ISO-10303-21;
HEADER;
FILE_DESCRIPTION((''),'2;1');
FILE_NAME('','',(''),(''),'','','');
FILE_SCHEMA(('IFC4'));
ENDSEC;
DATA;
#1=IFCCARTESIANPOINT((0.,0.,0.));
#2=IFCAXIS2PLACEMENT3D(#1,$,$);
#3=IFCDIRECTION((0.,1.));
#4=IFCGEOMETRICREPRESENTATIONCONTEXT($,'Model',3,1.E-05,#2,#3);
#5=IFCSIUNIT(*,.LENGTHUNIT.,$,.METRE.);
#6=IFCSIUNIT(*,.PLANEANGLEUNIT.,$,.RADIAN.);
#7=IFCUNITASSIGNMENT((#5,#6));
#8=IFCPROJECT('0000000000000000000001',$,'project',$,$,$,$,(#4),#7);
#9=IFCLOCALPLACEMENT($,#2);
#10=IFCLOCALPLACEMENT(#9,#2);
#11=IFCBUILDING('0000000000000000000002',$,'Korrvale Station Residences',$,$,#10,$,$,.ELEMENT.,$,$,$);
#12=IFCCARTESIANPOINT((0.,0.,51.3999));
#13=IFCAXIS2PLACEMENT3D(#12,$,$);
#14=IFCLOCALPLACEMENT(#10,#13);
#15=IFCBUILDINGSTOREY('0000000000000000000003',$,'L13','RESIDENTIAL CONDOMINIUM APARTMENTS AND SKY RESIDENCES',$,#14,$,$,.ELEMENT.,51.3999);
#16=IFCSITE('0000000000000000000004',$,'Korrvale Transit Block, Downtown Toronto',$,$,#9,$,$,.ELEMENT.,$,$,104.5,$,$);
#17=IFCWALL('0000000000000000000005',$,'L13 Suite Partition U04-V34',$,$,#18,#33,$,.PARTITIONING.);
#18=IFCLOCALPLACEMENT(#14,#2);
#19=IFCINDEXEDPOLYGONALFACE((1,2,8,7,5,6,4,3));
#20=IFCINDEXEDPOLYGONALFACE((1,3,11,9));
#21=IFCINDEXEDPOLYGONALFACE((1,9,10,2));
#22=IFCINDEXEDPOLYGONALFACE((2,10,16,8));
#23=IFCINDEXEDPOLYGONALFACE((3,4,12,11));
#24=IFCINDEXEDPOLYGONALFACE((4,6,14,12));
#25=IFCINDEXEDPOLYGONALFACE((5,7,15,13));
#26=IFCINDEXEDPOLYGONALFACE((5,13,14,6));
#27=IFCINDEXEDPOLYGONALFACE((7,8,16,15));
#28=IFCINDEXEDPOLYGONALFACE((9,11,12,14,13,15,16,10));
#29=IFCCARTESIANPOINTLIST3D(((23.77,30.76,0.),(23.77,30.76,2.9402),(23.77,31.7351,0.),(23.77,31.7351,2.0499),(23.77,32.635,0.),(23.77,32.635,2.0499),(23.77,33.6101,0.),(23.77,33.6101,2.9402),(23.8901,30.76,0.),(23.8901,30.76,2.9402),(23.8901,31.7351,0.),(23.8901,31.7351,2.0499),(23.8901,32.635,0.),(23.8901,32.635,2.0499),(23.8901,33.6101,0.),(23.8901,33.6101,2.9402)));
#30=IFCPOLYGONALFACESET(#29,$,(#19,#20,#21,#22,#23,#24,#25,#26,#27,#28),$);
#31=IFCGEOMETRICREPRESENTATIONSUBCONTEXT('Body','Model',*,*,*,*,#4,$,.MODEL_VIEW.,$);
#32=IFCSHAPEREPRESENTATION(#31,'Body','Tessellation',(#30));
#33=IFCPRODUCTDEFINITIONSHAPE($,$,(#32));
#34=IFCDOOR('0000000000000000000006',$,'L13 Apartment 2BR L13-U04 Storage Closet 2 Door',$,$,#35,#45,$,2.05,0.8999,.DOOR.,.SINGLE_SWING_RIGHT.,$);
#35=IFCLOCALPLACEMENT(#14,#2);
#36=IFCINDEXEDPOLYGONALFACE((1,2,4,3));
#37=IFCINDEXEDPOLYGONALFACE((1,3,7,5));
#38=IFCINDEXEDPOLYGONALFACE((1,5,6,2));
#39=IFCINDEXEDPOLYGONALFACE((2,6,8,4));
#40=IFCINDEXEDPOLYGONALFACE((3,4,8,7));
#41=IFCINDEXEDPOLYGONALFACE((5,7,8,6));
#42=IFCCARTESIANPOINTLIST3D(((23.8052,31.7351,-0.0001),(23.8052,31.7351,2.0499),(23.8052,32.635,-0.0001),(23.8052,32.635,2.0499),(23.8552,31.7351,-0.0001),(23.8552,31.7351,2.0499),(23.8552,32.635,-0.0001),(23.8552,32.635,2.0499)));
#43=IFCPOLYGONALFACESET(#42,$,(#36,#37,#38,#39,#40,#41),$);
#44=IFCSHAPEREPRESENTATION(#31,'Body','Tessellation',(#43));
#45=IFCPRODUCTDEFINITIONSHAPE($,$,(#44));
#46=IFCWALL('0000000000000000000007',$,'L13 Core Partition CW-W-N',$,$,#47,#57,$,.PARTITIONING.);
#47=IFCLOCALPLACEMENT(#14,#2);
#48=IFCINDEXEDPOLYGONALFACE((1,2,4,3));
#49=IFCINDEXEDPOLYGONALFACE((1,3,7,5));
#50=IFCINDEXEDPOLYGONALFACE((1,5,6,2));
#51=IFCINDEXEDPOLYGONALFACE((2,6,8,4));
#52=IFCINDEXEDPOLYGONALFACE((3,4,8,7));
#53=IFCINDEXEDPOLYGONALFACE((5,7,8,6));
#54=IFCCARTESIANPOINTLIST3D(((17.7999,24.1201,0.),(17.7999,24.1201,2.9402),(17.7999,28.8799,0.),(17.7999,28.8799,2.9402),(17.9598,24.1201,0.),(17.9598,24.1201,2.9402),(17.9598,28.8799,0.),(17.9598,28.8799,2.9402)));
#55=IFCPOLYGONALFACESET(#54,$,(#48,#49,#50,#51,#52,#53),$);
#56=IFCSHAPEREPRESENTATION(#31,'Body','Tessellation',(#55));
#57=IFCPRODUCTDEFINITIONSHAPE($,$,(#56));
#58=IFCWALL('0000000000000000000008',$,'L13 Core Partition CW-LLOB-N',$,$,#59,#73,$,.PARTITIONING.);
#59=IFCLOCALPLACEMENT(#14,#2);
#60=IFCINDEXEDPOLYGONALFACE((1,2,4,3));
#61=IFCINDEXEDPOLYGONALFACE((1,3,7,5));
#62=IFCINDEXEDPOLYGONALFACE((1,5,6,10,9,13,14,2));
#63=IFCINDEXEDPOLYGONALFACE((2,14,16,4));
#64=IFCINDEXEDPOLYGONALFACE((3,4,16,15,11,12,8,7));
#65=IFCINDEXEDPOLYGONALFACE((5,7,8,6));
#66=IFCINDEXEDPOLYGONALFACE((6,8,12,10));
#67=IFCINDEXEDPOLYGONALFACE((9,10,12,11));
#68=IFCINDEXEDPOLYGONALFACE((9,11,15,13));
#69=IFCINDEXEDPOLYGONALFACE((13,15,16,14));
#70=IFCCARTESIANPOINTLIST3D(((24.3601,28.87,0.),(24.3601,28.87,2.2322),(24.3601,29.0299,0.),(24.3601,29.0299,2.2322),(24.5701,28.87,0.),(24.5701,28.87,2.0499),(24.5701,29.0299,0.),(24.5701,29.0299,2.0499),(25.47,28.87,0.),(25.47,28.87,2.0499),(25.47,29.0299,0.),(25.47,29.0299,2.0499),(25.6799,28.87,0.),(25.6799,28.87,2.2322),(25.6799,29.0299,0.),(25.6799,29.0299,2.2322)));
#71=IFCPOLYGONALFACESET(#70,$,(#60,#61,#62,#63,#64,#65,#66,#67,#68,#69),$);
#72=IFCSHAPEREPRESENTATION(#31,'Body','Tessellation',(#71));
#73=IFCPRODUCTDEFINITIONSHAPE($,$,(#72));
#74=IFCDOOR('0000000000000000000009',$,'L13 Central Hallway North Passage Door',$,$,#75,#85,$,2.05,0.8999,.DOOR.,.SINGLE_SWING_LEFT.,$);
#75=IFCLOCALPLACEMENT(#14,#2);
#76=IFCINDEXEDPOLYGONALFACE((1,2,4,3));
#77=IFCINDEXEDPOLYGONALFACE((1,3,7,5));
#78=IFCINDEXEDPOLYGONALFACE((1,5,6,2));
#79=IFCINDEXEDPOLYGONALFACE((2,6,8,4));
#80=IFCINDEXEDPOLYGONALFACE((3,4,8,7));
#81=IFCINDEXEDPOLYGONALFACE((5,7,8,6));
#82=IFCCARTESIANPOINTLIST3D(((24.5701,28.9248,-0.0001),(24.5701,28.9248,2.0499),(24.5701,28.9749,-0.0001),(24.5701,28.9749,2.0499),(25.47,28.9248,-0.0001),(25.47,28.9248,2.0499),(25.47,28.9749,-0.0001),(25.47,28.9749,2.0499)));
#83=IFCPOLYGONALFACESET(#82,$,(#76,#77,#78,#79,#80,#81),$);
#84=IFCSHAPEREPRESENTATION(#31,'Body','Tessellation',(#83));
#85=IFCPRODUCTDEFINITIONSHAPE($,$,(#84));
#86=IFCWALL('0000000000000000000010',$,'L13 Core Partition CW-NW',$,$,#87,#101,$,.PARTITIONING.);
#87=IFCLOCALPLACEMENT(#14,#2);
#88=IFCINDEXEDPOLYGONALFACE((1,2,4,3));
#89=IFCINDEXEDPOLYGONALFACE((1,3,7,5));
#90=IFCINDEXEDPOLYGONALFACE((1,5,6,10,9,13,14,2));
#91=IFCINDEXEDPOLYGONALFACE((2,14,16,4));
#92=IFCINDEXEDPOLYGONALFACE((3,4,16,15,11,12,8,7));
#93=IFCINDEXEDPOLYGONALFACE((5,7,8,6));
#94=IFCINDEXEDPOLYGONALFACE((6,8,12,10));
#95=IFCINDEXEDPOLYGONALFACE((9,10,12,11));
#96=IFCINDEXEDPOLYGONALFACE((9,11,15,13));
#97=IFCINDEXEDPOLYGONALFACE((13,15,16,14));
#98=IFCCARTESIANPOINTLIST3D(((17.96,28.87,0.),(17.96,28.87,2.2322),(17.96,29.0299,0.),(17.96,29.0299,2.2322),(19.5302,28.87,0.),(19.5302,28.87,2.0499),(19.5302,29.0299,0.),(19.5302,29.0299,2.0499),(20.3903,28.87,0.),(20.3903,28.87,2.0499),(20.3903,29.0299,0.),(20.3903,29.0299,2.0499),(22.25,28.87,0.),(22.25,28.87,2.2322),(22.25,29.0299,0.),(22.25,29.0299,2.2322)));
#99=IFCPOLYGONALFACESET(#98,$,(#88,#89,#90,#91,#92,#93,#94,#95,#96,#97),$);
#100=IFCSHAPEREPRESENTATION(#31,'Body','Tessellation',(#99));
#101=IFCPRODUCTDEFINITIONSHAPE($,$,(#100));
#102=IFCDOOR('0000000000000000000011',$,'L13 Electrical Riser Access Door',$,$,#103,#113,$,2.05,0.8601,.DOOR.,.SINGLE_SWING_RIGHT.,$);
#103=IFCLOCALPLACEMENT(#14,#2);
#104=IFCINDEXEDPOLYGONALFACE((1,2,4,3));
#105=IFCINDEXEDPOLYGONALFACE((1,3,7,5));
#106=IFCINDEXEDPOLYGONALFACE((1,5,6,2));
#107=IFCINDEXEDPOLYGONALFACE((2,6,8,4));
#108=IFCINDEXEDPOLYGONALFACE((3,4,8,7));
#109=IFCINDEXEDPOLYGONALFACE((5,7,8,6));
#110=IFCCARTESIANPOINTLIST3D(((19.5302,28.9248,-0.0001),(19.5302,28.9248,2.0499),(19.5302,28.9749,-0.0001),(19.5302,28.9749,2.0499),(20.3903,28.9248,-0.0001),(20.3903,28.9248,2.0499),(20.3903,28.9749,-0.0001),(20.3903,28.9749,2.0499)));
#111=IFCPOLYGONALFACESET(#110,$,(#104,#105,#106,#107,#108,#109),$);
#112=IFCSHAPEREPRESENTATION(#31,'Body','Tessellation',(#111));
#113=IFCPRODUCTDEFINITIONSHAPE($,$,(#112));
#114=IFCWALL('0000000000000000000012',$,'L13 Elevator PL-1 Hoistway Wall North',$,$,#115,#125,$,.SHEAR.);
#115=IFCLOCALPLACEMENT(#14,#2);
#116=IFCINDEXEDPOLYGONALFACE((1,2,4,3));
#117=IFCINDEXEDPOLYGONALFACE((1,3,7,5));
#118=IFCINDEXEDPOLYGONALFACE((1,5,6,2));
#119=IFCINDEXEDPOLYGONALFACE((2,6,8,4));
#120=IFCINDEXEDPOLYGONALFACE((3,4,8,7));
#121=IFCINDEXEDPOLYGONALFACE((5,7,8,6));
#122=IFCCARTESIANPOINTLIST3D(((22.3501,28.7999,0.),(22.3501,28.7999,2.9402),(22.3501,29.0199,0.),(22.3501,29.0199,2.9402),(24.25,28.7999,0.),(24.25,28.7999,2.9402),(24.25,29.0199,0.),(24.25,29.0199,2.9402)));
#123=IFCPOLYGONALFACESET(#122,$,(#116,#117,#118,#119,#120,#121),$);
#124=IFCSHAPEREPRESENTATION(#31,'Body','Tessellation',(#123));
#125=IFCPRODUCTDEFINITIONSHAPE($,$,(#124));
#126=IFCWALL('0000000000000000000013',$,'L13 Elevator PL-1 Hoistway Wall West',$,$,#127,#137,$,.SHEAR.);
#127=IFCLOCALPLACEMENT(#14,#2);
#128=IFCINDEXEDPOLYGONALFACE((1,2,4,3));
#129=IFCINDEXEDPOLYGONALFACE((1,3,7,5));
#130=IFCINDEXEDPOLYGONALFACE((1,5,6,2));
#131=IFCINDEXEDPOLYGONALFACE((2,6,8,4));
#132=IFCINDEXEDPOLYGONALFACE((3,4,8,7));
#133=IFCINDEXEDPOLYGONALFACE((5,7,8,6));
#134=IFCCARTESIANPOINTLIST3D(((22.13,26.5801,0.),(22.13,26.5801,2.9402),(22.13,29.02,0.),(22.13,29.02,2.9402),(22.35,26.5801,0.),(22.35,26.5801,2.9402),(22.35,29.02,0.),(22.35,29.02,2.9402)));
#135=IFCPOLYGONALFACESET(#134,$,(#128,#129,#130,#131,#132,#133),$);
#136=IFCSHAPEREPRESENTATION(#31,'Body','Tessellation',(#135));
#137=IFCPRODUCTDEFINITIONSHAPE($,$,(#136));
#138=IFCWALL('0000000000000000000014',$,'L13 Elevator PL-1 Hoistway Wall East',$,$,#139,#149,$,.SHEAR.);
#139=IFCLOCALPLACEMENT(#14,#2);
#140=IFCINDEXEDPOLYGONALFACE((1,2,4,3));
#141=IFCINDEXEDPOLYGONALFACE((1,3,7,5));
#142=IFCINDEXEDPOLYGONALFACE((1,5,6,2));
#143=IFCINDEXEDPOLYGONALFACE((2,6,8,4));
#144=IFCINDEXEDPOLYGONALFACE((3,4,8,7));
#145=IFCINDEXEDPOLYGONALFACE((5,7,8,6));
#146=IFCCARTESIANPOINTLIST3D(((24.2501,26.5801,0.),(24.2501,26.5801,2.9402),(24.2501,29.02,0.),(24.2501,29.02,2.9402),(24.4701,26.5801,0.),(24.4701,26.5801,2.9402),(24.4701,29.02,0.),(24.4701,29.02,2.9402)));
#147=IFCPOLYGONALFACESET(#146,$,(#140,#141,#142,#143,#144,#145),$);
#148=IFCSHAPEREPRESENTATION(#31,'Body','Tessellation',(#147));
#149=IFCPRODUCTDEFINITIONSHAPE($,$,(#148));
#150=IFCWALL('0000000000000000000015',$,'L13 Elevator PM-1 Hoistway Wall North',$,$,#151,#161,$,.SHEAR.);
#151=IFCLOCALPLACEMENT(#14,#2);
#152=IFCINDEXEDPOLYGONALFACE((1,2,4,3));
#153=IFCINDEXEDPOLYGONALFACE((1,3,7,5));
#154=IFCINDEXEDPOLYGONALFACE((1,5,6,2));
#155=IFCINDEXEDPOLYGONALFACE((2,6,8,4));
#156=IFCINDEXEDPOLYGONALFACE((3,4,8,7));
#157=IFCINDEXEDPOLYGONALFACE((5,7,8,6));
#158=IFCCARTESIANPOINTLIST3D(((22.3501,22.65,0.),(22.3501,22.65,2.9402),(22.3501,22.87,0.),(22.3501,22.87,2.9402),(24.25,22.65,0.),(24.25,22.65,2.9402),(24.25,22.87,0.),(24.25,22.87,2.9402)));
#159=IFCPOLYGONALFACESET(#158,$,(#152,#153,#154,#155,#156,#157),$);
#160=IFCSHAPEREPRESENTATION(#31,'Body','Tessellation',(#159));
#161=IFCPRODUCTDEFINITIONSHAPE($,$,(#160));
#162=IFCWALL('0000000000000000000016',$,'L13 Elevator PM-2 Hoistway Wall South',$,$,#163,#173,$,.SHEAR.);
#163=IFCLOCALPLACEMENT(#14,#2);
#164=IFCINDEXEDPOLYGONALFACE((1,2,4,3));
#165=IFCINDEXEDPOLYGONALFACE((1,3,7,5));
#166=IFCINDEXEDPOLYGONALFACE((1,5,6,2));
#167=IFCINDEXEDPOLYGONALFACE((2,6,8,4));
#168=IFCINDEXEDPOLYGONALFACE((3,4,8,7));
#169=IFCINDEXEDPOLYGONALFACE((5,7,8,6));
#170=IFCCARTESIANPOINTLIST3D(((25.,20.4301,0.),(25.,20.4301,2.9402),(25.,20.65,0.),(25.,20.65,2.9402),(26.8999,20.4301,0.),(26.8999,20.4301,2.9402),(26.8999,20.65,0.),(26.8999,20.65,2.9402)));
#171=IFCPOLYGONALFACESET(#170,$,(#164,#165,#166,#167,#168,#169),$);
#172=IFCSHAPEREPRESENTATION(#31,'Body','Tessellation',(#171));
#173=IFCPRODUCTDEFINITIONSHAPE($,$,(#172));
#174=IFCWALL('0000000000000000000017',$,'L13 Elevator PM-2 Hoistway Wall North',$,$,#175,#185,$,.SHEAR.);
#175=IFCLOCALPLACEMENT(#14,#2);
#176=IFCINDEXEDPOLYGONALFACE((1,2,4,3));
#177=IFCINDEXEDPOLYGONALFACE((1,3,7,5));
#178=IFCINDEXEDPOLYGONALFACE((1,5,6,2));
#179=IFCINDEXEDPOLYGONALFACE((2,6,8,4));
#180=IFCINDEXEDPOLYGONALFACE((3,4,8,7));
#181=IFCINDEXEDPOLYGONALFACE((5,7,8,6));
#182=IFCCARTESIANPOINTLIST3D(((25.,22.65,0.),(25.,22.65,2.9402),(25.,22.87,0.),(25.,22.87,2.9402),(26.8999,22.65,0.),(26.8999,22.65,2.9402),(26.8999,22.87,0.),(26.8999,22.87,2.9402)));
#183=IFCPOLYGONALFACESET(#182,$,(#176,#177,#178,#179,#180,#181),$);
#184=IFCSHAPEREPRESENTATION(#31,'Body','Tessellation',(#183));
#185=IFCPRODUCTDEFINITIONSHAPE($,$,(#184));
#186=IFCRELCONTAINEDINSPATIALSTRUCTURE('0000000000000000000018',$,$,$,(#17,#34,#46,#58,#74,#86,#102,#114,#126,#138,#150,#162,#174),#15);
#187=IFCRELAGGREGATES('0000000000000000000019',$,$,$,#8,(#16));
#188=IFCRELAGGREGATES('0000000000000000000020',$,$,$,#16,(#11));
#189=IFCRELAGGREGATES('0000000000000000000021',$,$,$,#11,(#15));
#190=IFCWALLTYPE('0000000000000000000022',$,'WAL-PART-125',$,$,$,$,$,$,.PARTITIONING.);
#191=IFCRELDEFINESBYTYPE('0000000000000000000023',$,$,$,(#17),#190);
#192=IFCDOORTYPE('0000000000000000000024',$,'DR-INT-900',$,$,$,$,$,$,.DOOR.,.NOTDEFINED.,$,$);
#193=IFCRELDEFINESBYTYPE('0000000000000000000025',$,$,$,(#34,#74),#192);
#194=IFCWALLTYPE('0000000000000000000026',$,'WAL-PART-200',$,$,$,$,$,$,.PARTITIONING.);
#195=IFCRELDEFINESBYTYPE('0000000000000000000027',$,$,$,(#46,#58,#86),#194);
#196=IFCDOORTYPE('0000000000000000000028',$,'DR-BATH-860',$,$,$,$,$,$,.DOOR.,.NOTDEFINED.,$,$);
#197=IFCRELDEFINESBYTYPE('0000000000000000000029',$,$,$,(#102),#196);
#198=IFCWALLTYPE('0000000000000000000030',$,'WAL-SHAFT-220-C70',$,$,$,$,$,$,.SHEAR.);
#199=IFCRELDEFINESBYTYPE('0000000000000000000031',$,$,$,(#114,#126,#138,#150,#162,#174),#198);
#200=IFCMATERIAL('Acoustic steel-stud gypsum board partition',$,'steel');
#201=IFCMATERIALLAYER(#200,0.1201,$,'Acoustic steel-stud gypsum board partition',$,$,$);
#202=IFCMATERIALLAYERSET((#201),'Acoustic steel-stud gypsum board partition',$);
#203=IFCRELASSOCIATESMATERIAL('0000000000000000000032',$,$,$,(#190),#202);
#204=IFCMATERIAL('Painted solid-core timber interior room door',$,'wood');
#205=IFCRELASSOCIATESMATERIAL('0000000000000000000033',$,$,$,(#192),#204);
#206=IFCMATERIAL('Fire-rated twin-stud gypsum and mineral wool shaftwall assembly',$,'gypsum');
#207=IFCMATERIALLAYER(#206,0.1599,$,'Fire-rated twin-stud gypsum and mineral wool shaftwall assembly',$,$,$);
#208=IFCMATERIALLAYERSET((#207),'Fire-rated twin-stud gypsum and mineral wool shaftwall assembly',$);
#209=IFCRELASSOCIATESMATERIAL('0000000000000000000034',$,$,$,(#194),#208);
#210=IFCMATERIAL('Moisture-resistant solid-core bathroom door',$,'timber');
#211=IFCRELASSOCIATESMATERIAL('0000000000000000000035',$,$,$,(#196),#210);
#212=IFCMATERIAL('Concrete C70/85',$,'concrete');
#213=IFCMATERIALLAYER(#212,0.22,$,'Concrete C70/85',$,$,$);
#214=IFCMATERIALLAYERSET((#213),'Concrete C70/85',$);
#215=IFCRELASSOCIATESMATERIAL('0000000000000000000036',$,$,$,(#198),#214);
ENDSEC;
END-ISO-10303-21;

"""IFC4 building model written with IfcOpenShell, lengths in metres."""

from ifc_helpers import new_model, si_unit, direction, frame, frame_2d, origin, place, context, subcontext, project, spatial, rectangle, extrude, material, layer, layer_set, type_object, element, fill, save


model = new_model("IFC4")

# Units and contexts
model_context = context("Model", 3, precision=1e-05, world=origin(), true_north=direction((0.0, 1.0)))
body_context = subcontext(model_context, "Body", "Model", "MODEL_VIEW")
ifc_project = project(units=[si_unit("LENGTHUNIT", "METRE"), si_unit("PLANEANGLEUNIT", "RADIAN")], contexts=[model_context])

# Site, building, storey
site_placement = place(None, origin())
site = spatial("IfcSite", under=ifc_project, at=site_placement, Name="Korrvale Transit Block, Downtown Toronto", CompositionType="ELEMENT", RefElevation=104.5)
building_placement = place(site_placement, origin())
building = spatial("IfcBuilding", under=site, at=building_placement, Name="Korrvale Station Residences", CompositionType="ELEMENT")
storey_placement = place(building_placement, frame((0.0, 0.0, 51.3999)))
storey = spatial("IfcBuildingStorey", under=building, at=storey_placement, Name="L13", Description="RESIDENTIAL CONDOMINIUM APARTMENTS AND SKY RESIDENCES", CompositionType="ELEMENT", Elevation=51.3999)

# Shared definitions
ifc_material_1 = material(Name="Concrete C70/85", Category="concrete")

# Wall, opening, door
ifc_material_2 = material(Name="Acoustic steel-stud gypsum board partition", Category="steel")
ifc_layer_1 = layer(ifc_material_2, 0.1201, Name="Acoustic steel-stud gypsum board partition")
ifc_layer_set_1 = layer_set([ifc_layer_1], Name="Acoustic steel-stud gypsum board partition")
wall_type_1 = type_object("IfcWallType", Name="WAL-PART-125", PredefinedType="PARTITIONING", material=ifc_layer_set_1)
ifc_material_3 = material(Name="Painted solid-core timber interior room door", Category="wood")
door_type_1 = type_object("IfcDoorType", Name="DR-INT-900", OperationType="NOTDEFINED", PredefinedType="DOOR", material=ifc_material_3)
wall_1_placement = place(storey_placement, frame((23.8301, 30.76, 0.0), z_axis=(0.0, 0.0, 1.0), x_axis=(0.0, 1.0, 0.0)))
wall_1 = element("IfcWall", 1, at=wall_1_placement, inside=storey, type_object=wall_type_1, Name="L13 Suite Partition U04-V34", PredefinedType="PARTITIONING", context=body_context, shape_type="SweptSolid", body=[
    extrude(rectangle(XDim=2.8501, YDim=0.1201, at=frame_2d((1.425, 0.0))), origin(), (0.0, 0.0, 1.0), 2.9402),
])
opening_1_placement = place(wall_1_placement, frame((0.9751, 0.0, 0.0)))
opening_1 = element("IfcOpeningElement", 2, at=opening_1_placement, cuts=wall_1, PredefinedType="OPENING", context=body_context, shape_type="SweptSolid", body=[
    extrude(rectangle(XDim=0.8999, YDim=2.05, at=frame_2d((0.45, 1.0249))), frame((0.0, 0.0701, 0.0), z_axis=(0.0, -1.0, 0.0), x_axis=(1.0, 0.0, 0.0)), (0.0, 0.0, 1.0), 0.1401),
])
door_1_placement = place(opening_1_placement, origin())
door_1 = element("IfcDoor", 3, at=door_1_placement, inside=storey, type_object=door_type_1, Name="L13 Apartment 2BR L13-U04 Storage Closet 2 Door", OperationType="SINGLE_SWING_RIGHT", OverallHeight=2.05, OverallWidth=0.8999, PredefinedType="DOOR", context=body_context, shape_type="SweptSolid", body=[
    extrude(rectangle(XDim=0.8999, YDim=2.05, at=frame_2d((0.45, 1.0249))), frame((0.0, 0.0249, 0.0), z_axis=(0.0, -1.0, 0.0), x_axis=(1.0, 0.0, 0.0)), (0.0, 0.0, 1.0), 0.05),
])
fill(opening_1, door_1)

# Wall
ifc_material_4 = material(Name="Fire-rated twin-stud gypsum and mineral wool shaftwall assembly", Category="gypsum")
ifc_layer_2 = layer(ifc_material_4, 0.1599, Name="Fire-rated twin-stud gypsum and mineral wool shaftwall assembly")
ifc_layer_set_2 = layer_set([ifc_layer_2], Name="Fire-rated twin-stud gypsum and mineral wool shaftwall assembly")
wall_type_2 = type_object("IfcWallType", Name="WAL-PART-200", PredefinedType="PARTITIONING", material=ifc_layer_set_2)
wall_2_placement = place(storey_placement, frame((17.8799, 24.1201, 0.0), z_axis=(0.0, 0.0, 1.0), x_axis=(0.0, 1.0, 0.0)))
element("IfcWall", 4, at=wall_2_placement, inside=storey, type_object=wall_type_2, Name="L13 Core Partition CW-W-N", PredefinedType="PARTITIONING", context=body_context, shape_type="SweptSolid", body=[
    extrude(rectangle(XDim=4.7598, YDim=0.1599, at=frame_2d((2.3799, 0.0))), origin(), (0.0, 0.0, 1.0), 2.9402),
])

# Walls, openings, doors
wall_3_placement = place(storey_placement, frame((24.3601, 28.95, 0.0), z_axis=(0.0, 0.0, 1.0), x_axis=(1.0, 0.0, 0.0)))
wall_3 = element("IfcWall", 5, at=wall_3_placement, inside=storey, type_object=wall_type_2, Name="L13 Core Partition CW-LLOB-N", PredefinedType="PARTITIONING", context=body_context, shape_type="SweptSolid", body=[
    extrude(rectangle(XDim=1.3198, YDim=0.1599, at=frame_2d((0.6599, 0.0))), origin(), (0.0, 0.0, 1.0), 2.2322),
])
opening_2_placement = place(wall_3_placement, frame((0.21, 0.0, 0.0)))
opening_2 = element("IfcOpeningElement", 6, at=opening_2_placement, cuts=wall_3, PredefinedType="OPENING", context=body_context, shape_type="SweptSolid", body=[
    extrude(rectangle(XDim=0.8999, YDim=2.05, at=frame_2d((0.45, 1.0249))), frame((0.0, 0.0898, 0.0), z_axis=(0.0, -1.0, 0.0), x_axis=(1.0, 0.0, 0.0)), (0.0, 0.0, 1.0), 0.1799),
])
door_2_placement = place(opening_2_placement, origin())
door_2 = element("IfcDoor", 7, at=door_2_placement, inside=storey, type_object=door_type_1, Name="L13 Central Hallway North Passage Door", OperationType="SINGLE_SWING_LEFT", OverallHeight=2.05, OverallWidth=0.8999, PredefinedType="DOOR", context=body_context, shape_type="SweptSolid", body=[
    extrude(rectangle(XDim=0.8999, YDim=2.05, at=frame_2d((0.45, 1.0249))), frame((0.0, 0.0249, 0.0), z_axis=(0.0, -1.0, 0.0), x_axis=(1.0, 0.0, 0.0)), (0.0, 0.0, 1.0), 0.05),
])
fill(opening_2, door_2)
wall_4_placement = place(storey_placement, frame((17.96, 28.95, 0.0), z_axis=(0.0, 0.0, 1.0), x_axis=(1.0, 0.0, 0.0)))
wall_4 = element("IfcWall", 8, at=wall_4_placement, inside=storey, type_object=wall_type_2, Name="L13 Core Partition CW-NW", PredefinedType="PARTITIONING", context=body_context, shape_type="SweptSolid", body=[
    extrude(rectangle(XDim=4.29, YDim=0.1599, at=frame_2d((2.145, 0.0))), origin(), (0.0, 0.0, 1.0), 2.2322),
])
opening_3_placement = place(wall_4_placement, frame((1.5701, 0.0, 0.0)))
opening_3 = element("IfcOpeningElement", 9, at=opening_3_placement, cuts=wall_4, PredefinedType="OPENING", context=body_context, shape_type="SweptSolid", body=[
    extrude(rectangle(XDim=0.8601, YDim=2.05, at=frame_2d((0.4302, 1.0249))), frame((0.0, 0.0898, 0.0), z_axis=(0.0, -1.0, 0.0), x_axis=(1.0, 0.0, 0.0)), (0.0, 0.0, 1.0), 0.1799),
])
ifc_material_5 = material(Name="Moisture-resistant solid-core bathroom door", Category="timber")
door_type_2 = type_object("IfcDoorType", Name="DR-BATH-860", OperationType="NOTDEFINED", PredefinedType="DOOR", material=ifc_material_5)
door_3_placement = place(opening_3_placement, origin())
door_3 = element("IfcDoor", 10, at=door_3_placement, inside=storey, type_object=door_type_2, Name="L13 Electrical Riser Access Door", OperationType="SINGLE_SWING_RIGHT", OverallHeight=2.05, OverallWidth=0.8601, PredefinedType="DOOR", context=body_context, shape_type="SweptSolid", body=[
    extrude(rectangle(XDim=0.8601, YDim=2.05, at=frame_2d((0.4302, 1.0249))), frame((0.0, 0.0249, 0.0), z_axis=(0.0, -1.0, 0.0), x_axis=(1.0, 0.0, 0.0)), (0.0, 0.0, 1.0), 0.05),
])
fill(opening_3, door_3)
ifc_layer_3 = layer(ifc_material_1, 0.22, Name="Concrete C70/85")
ifc_layer_set_3 = layer_set([ifc_layer_3], Name="Concrete C70/85")
wall_type_3 = type_object("IfcWallType", Name="WAL-SHAFT-220-C70", PredefinedType="SHEAR", material=ifc_layer_set_3)

# Walls
wall_5_placement = place(storey_placement, frame((22.3501, 28.9099, 0.0), z_axis=(0.0, 0.0, 1.0), x_axis=(1.0, 0.0, 0.0)))
element("IfcWall", 11, at=wall_5_placement, inside=storey, type_object=wall_type_3, Name="L13 Elevator PL-1 Hoistway Wall North", PredefinedType="SHEAR", context=body_context, shape_type="SweptSolid", body=[
    extrude(rectangle(XDim=1.8999, YDim=0.22, at=frame_2d((0.95, 0.0))), origin(), (0.0, 0.0, 1.0), 2.9402),
])
for number, where, z_axis, x_axis, name in (
    (12, (22.24, 26.5801, 0.0), (0.0, 0.0, 1.0), (0.0, 1.0, 0.0), "L13 Elevator PL-1 Hoistway Wall West"),
    (13, (24.3601, 26.5801, 0.0), (0.0, 0.0, 1.0), (0.0, 1.0, 0.0), "L13 Elevator PL-1 Hoistway Wall East"),
):
    element("IfcWall", number, at=place(storey_placement, frame(where, z_axis=z_axis, x_axis=x_axis)), inside=storey, type_object=wall_type_3, Name=name, PredefinedType="SHEAR", context=body_context, shape_type="SweptSolid", body=[
        extrude(rectangle(XDim=2.4399, YDim=0.22, at=frame_2d((1.22, 0.0))), origin(), (0.0, 0.0, 1.0), 2.9402),
    ])
for number, where, z_axis, x_axis, name in (
    (14, (22.3501, 22.76, 0.0), (0.0, 0.0, 1.0), (1.0, 0.0, 0.0), "L13 Elevator PM-1 Hoistway Wall North"),
    (15, (25.0, 20.54, 0.0), (0.0, 0.0, 1.0), (1.0, 0.0, 0.0), "L13 Elevator PM-2 Hoistway Wall South"),
    (16, (25.0, 22.76, 0.0), (0.0, 0.0, 1.0), (1.0, 0.0, 0.0), "L13 Elevator PM-2 Hoistway Wall North"),
):
    element("IfcWall", number, at=place(storey_placement, frame(where, z_axis=z_axis, x_axis=x_axis)), inside=storey, type_object=wall_type_3, Name=name, PredefinedType="SHEAR", context=body_context, shape_type="SweptSolid", body=[
        extrude(rectangle(XDim=1.8999, YDim=0.22, at=frame_2d((0.95, 0.0))), origin(), (0.0, 0.0, 1.0), 2.9402),
    ])

save(model, "model.ifc")
